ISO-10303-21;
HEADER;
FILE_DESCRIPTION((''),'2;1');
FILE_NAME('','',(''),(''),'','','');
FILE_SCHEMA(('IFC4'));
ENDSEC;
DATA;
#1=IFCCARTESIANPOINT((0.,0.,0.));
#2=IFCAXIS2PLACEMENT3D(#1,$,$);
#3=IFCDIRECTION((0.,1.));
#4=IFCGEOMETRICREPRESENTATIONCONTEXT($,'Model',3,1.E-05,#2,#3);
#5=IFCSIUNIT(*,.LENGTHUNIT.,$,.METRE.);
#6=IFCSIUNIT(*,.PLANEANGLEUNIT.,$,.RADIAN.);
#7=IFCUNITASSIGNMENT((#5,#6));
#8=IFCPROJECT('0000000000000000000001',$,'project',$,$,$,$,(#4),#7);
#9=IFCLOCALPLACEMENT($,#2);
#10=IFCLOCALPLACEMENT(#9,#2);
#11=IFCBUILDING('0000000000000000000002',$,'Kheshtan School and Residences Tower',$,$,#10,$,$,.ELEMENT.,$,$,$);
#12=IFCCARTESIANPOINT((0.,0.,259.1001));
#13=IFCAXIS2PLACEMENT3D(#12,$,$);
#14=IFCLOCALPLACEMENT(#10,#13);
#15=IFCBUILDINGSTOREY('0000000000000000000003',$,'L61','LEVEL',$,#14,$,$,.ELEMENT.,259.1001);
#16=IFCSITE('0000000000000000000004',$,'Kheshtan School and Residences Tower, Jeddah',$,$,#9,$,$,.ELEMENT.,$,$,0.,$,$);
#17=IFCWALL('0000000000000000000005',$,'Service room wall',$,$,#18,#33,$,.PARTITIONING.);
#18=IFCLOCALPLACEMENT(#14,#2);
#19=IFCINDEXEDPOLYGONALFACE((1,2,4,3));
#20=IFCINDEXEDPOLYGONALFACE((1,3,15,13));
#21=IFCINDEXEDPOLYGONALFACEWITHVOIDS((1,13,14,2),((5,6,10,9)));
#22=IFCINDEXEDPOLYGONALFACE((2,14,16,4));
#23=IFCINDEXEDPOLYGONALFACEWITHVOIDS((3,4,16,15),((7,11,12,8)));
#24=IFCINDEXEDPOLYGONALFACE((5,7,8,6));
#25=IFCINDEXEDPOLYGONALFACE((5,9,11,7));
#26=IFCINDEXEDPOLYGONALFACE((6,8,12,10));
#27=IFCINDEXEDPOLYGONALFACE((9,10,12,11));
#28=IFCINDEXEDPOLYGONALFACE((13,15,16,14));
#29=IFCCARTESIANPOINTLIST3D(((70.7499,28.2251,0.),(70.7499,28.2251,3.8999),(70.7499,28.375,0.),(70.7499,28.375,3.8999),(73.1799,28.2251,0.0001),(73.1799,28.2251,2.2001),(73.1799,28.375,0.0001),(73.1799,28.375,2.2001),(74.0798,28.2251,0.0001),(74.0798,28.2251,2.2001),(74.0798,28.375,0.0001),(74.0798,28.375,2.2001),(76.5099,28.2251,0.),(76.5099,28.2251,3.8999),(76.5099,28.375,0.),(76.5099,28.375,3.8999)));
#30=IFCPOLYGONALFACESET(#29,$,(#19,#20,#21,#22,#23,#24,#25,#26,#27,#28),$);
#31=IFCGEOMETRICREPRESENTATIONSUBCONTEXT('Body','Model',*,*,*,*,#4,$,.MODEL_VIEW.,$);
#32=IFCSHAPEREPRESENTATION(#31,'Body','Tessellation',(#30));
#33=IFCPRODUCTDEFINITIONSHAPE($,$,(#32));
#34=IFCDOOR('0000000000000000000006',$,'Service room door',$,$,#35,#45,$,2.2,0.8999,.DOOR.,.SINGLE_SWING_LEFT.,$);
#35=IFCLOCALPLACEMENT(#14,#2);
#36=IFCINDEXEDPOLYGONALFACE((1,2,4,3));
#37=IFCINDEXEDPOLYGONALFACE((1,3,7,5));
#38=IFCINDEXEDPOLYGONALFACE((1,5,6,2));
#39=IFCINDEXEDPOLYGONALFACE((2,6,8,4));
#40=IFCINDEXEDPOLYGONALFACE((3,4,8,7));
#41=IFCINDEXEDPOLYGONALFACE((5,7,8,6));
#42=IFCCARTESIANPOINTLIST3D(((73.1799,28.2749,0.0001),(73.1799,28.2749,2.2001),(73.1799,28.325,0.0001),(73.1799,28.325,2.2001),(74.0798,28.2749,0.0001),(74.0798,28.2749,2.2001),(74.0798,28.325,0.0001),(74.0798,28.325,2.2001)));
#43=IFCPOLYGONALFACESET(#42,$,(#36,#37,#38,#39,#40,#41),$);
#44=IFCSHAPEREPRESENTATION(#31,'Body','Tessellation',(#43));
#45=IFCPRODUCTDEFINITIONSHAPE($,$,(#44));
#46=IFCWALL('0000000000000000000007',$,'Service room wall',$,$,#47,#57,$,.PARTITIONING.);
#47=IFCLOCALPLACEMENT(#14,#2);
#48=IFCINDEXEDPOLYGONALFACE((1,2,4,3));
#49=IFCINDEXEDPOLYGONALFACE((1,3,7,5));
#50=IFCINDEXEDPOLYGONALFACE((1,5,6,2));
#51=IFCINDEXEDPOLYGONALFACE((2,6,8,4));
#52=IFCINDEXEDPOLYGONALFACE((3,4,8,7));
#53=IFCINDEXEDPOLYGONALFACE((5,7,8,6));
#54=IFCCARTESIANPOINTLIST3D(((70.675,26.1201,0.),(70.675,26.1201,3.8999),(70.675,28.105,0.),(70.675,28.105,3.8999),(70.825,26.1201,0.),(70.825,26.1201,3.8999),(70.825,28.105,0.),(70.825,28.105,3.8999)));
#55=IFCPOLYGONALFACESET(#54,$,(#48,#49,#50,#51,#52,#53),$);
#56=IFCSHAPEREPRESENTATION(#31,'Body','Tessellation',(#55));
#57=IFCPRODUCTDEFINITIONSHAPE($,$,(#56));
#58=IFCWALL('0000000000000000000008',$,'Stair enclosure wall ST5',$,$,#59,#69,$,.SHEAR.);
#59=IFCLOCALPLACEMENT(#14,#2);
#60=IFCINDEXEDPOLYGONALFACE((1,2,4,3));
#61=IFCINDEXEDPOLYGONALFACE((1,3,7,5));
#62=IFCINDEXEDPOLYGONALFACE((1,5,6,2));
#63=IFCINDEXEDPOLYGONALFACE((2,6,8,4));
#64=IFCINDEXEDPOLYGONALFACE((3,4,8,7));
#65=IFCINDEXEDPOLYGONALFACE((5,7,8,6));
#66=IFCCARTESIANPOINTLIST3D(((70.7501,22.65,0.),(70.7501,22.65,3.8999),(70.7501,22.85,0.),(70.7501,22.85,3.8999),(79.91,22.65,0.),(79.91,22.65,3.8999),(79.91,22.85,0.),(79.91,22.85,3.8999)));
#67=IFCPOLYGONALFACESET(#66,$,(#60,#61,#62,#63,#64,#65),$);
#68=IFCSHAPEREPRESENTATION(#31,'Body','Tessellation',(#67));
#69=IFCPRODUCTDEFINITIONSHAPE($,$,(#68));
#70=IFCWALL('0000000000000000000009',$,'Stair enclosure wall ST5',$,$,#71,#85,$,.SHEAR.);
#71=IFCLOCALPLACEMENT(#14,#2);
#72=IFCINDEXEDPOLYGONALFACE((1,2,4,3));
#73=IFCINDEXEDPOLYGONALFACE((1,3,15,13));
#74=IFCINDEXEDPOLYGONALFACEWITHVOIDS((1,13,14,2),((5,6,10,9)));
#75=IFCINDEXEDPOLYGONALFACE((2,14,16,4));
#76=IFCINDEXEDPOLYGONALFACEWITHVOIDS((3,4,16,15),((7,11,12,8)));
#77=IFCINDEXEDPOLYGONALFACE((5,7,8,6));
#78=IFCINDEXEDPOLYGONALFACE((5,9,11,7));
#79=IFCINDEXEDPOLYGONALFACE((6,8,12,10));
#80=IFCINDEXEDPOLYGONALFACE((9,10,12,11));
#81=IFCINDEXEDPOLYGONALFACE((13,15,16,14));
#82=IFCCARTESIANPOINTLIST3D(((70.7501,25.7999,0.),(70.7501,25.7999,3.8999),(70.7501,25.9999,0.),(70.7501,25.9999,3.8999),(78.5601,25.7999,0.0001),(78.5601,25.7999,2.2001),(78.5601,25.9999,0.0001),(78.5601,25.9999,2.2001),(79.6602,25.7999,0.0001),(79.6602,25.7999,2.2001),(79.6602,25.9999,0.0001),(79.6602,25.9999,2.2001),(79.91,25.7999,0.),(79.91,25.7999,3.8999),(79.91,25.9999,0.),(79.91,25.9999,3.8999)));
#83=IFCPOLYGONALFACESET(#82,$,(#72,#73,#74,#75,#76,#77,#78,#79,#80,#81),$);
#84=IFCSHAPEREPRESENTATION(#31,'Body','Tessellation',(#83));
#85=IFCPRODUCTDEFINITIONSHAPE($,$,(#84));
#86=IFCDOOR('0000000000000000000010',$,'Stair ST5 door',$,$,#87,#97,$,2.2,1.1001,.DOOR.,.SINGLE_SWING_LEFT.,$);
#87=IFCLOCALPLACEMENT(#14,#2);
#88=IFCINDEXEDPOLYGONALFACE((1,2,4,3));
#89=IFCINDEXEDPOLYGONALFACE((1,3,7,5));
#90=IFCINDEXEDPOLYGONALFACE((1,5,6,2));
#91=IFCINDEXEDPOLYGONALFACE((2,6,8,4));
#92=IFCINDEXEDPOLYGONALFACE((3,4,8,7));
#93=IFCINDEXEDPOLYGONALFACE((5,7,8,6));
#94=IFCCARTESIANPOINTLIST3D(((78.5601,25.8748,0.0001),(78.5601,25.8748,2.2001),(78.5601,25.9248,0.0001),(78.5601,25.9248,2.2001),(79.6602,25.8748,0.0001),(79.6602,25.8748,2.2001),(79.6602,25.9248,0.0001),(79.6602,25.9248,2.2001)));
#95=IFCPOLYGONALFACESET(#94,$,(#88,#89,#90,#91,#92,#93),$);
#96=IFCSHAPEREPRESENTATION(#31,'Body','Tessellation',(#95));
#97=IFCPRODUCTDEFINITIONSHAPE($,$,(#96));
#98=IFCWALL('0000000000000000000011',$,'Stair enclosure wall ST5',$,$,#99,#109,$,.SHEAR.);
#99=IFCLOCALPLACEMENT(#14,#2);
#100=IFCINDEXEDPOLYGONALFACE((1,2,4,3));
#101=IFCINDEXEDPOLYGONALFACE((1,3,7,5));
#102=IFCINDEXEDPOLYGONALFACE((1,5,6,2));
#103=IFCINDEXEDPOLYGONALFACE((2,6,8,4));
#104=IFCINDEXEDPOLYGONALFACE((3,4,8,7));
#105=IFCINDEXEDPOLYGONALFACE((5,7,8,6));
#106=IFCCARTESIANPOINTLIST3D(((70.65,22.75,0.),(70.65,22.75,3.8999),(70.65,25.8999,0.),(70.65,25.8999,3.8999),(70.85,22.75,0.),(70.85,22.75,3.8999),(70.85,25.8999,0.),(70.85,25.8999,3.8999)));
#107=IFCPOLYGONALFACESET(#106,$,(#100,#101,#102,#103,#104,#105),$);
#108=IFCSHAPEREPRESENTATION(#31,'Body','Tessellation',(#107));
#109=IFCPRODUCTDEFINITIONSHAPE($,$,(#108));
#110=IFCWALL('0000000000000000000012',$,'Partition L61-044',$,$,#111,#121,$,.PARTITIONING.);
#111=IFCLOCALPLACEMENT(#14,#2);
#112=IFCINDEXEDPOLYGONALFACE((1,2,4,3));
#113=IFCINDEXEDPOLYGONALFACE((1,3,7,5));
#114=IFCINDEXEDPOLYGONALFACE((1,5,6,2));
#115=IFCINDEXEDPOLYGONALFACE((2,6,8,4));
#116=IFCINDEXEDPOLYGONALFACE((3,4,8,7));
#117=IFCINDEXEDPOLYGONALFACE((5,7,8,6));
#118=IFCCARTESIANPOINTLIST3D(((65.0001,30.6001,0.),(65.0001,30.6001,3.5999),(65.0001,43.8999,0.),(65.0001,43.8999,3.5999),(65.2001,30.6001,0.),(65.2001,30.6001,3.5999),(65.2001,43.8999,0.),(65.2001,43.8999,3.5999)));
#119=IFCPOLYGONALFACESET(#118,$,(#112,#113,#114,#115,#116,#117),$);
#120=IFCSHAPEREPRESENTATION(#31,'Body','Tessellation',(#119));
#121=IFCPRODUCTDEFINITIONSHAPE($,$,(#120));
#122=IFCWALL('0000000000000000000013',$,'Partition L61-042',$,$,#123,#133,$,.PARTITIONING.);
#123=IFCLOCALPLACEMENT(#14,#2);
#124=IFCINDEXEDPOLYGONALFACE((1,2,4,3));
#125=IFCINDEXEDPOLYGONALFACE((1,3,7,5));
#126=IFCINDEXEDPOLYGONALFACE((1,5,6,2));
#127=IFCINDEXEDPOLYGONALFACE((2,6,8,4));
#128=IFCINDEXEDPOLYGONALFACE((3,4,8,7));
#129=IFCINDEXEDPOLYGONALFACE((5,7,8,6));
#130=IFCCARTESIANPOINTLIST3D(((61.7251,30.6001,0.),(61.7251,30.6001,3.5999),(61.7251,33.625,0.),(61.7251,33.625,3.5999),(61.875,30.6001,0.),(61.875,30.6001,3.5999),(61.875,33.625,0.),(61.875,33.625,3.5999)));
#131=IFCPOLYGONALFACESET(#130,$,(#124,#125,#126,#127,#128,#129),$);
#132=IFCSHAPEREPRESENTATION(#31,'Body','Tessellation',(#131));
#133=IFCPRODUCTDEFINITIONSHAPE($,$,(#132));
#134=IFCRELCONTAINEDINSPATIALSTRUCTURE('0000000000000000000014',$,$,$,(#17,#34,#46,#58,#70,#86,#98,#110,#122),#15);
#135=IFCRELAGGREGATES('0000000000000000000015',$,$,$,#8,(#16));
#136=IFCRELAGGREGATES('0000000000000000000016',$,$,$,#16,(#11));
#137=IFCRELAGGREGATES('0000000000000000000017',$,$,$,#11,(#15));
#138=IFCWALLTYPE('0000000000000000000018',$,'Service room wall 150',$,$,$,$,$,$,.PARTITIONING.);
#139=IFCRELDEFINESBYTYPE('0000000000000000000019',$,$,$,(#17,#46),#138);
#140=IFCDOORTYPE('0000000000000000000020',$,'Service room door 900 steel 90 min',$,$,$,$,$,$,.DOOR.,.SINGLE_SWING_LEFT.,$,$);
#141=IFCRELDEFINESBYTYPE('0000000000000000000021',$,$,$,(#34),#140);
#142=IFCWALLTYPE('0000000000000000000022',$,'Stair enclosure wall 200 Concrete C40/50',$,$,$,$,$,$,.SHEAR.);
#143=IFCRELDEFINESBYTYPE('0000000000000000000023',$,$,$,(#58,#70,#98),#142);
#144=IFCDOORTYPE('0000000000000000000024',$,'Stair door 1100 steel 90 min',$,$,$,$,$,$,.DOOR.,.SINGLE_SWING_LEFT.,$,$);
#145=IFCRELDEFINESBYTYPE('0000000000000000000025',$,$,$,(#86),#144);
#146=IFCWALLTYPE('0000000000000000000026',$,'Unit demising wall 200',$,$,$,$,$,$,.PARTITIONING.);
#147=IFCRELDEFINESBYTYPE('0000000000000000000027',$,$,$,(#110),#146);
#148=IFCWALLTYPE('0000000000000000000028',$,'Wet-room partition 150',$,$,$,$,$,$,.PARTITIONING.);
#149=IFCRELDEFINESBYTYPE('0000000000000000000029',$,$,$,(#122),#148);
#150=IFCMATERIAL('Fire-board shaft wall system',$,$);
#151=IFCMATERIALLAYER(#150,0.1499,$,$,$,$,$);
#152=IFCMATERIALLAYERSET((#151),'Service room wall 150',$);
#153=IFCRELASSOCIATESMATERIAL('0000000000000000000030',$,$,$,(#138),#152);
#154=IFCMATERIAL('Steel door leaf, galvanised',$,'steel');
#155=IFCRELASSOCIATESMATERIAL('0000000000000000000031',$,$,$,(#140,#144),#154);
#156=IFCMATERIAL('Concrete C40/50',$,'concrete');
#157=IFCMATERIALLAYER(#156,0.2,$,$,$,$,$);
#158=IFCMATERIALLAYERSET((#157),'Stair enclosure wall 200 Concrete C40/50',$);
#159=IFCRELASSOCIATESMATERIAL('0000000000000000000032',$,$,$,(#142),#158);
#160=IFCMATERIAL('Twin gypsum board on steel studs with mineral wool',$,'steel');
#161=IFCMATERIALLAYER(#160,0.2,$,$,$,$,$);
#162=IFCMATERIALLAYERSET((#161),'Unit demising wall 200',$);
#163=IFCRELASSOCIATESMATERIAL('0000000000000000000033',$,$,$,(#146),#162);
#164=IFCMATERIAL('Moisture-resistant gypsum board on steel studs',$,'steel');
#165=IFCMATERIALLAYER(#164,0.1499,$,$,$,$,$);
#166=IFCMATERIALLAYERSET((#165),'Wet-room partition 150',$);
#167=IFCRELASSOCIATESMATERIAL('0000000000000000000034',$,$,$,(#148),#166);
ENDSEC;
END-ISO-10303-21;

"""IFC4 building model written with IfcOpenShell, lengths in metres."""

from ifc_helpers import new_model, si_unit, direction, frame, frame_2d, origin, place, context, subcontext, project, spatial, rectangle, extrude, source, transform, mapped, material, layer, layer_set, type_object, element, fill, save


model = new_model("IFC4")

# Units and contexts
model_context = context("Model", 3, precision=1e-05, world=origin(), true_north=direction((0.0, 1.0)))
body_context = subcontext(model_context, "Body", "Model", "MODEL_VIEW")
ifc_project = project(units=[si_unit("LENGTHUNIT", "METRE"), si_unit("PLANEANGLEUNIT", "RADIAN")], contexts=[model_context])

# Site, building, storey
site_placement = place(None, origin())
site = spatial("IfcSite", under=ifc_project, at=site_placement, Name="Kheshtan School and Residences Tower, Jeddah", CompositionType="ELEMENT", RefElevation=0.0)
building_placement = place(site_placement, origin())
building = spatial("IfcBuilding", under=site, at=building_placement, Name="Kheshtan School and Residences Tower", CompositionType="ELEMENT")
storey_placement = place(building_placement, frame((0.0, 0.0, 259.1001)))
storey = spatial("IfcBuildingStorey", under=building, at=storey_placement, Name="L61", Description="LEVEL", CompositionType="ELEMENT", Elevation=259.1001)

# Shared definitions
ifc_material_1 = material(Name="Fire-board shaft wall system")
ifc_layer_1 = layer(ifc_material_1, 0.1499)
ifc_layer_set_1 = layer_set([ifc_layer_1], Name="Service room wall 150")
wall_type_1 = type_object("IfcWallType", Name="Service room wall 150", PredefinedType="PARTITIONING", material=ifc_layer_set_1)

# Wall, opening, door
wall_1_placement = place(storey_placement, frame((70.75, 28.3, 0.0), z_axis=(0.0, 0.0, 1.0), x_axis=(1.0, 0.0, 0.0)))
wall_1 = element("IfcWall", 1, at=wall_1_placement, inside=storey, type_object=wall_type_1, Name="Service room wall", PredefinedType="PARTITIONING", context=body_context, shape_type="SweptSolid", body=[
    extrude(rectangle(XDim=5.76, YDim=0.1499, at=frame_2d((2.8799, 0.0))), origin(), (0.0, 0.0, 1.0), 3.8999),
])
opening_1_placement = place(wall_1_placement, frame((2.4299, 0.0, 0.0)))
opening_1 = element("IfcOpeningElement", 2, at=opening_1_placement, cuts=wall_1, PredefinedType="OPENING", context=body_context, shape_type="SweptSolid", body=[
    extrude(rectangle(XDim=0.8999, YDim=2.2, at=frame_2d((0.45, 1.1001))), frame((0.0, 0.085, 0.0), z_axis=(0.0, -1.0, 0.0), x_axis=(1.0, 0.0, 0.0)), (0.0, 0.0, 1.0), 0.1699),
])
ifc_material_2 = material(Name="Steel door leaf, galvanised", Category="steel")
door_type_1 = type_object("IfcDoorType", Name="Service room door 900 steel 90 min", OperationType="SINGLE_SWING_LEFT", PredefinedType="DOOR", material=ifc_material_2)
shared_shape_1 = source(origin(), body_context, "Body", "SweptSolid", [
    extrude(rectangle(XDim=0.8999, YDim=2.2, at=frame_2d((0.45, 1.1001))), frame((0.0, 0.0249, 0.0), z_axis=(0.0, -1.0, 0.0), x_axis=(1.0, 0.0, 0.0)), (0.0, 0.0, 1.0), 0.05),
])
door_1_placement = place(opening_1_placement, origin())
door_1 = element("IfcDoor", 3, at=door_1_placement, inside=storey, type_object=door_type_1, Name="Service room door", OperationType="SINGLE_SWING_LEFT", OverallHeight=2.2, OverallWidth=0.8999, PredefinedType="DOOR", context=body_context, shape_type="MappedRepresentation", body=[
    mapped(shared_shape_1, transform((0.0, 0.0, 0.0), x_axis=(1.0, 0.0, 0.0), y_axis=(0.0, 1.0, 0.0), z_axis=(0.0, 0.0, 1.0), scale=1.0)),
])
fill(opening_1, door_1)

# Walls
wall_2_placement = place(storey_placement, frame((70.75, 26.1201, 0.0), z_axis=(0.0, 0.0, 1.0), x_axis=(0.0, 1.0, 0.0)))
element("IfcWall", 4, at=wall_2_placement, inside=storey, type_object=wall_type_1, Name="Service room wall", PredefinedType="PARTITIONING", context=body_context, shape_type="SweptSolid", body=[
    extrude(rectangle(XDim=1.9849, YDim=0.1499, at=frame_2d((0.9924, 0.0))), origin(), (0.0, 0.0, 1.0), 3.8999),
])
ifc_material_3 = material(Name="Concrete C40/50", Category="concrete")
ifc_layer_2 = layer(ifc_material_3, 0.2)
ifc_layer_set_2 = layer_set([ifc_layer_2], Name="Stair enclosure wall 200 Concrete C40/50")
wall_type_2 = type_object("IfcWallType", Name="Stair enclosure wall 200 Concrete C40/50", PredefinedType="SHEAR", material=ifc_layer_set_2)
wall_3_placement = place(storey_placement, frame((70.75, 22.75, 0.0), z_axis=(0.0, 0.0, 1.0), x_axis=(1.0, 0.0, 0.0)))
element("IfcWall", 5, at=wall_3_placement, inside=storey, type_object=wall_type_2, Name="Stair enclosure wall ST5", PredefinedType="SHEAR", context=body_context, shape_type="SweptSolid", body=[
    extrude(rectangle(XDim=9.1599, YDim=0.2, at=frame_2d((4.5801, 0.0))), origin(), (0.0, 0.0, 1.0), 3.8999),
])

# Wall, opening, door
wall_4_placement = place(storey_placement, frame((70.75, 25.8999, 0.0), z_axis=(0.0, 0.0, 1.0), x_axis=(1.0, 0.0, 0.0)))
wall_4 = element("IfcWall", 6, at=wall_4_placement, inside=storey, type_object=wall_type_2, Name="Stair enclosure wall ST5", PredefinedType="SHEAR", context=body_context, shape_type="SweptSolid", body=[
    extrude(rectangle(XDim=9.1599, YDim=0.2, at=frame_2d((4.5801, 0.0))), origin(), (0.0, 0.0, 1.0), 3.8999),
])
opening_2_placement = place(wall_4_placement, frame((7.8101, 0.0, 0.0)))
opening_2 = element("IfcOpeningElement", 7, at=opening_2_placement, cuts=wall_4, PredefinedType="OPENING", context=body_context, shape_type="SweptSolid", body=[
    extrude(rectangle(XDim=1.1001, YDim=2.2, at=frame_2d((0.55, 1.1001))), frame((0.0, 0.1099, 0.0), z_axis=(0.0, -1.0, 0.0), x_axis=(1.0, 0.0, 0.0)), (0.0, 0.0, 1.0), 0.22),
])
door_type_2 = type_object("IfcDoorType", Name="Stair door 1100 steel 90 min", OperationType="SINGLE_SWING_LEFT", PredefinedType="DOOR", material=ifc_material_2)
shared_shape_2 = source(origin(), body_context, "Body", "SweptSolid", [
    extrude(rectangle(XDim=1.1001, YDim=2.2, at=frame_2d((0.55, 1.1001))), frame((0.0, 0.0249, 0.0), z_axis=(0.0, -1.0, 0.0), x_axis=(1.0, 0.0, 0.0)), (0.0, 0.0, 1.0), 0.05),
])
door_2_placement = place(opening_2_placement, origin())
door_2 = element("IfcDoor", 8, at=door_2_placement, inside=storey, type_object=door_type_2, Name="Stair ST5 door", OperationType="SINGLE_SWING_LEFT", OverallHeight=2.2, OverallWidth=1.1001, PredefinedType="DOOR", context=body_context, shape_type="MappedRepresentation", body=[
    mapped(shared_shape_2, transform((0.0, 0.0, 0.0), x_axis=(1.0, 0.0, 0.0), y_axis=(0.0, 1.0, 0.0), z_axis=(0.0, 0.0, 1.0), scale=1.0)),
])
fill(opening_2, door_2)

# Walls
wall_5_placement = place(storey_placement, frame((70.75, 22.75, 0.0), z_axis=(0.0, 0.0, 1.0), x_axis=(0.0, 1.0, 0.0)))
element("IfcWall", 9, at=wall_5_placement, inside=storey, type_object=wall_type_2, Name="Stair enclosure wall ST5", PredefinedType="SHEAR", context=body_context, shape_type="SweptSolid", body=[
    extrude(rectangle(XDim=3.1499, YDim=0.2, at=frame_2d((1.575, 0.0))), origin(), (0.0, 0.0, 1.0), 3.8999),
])
ifc_material_4 = material(Name="Twin gypsum board on steel studs with mineral wool", Category="steel")
ifc_layer_3 = layer(ifc_material_4, 0.2)
ifc_layer_set_3 = layer_set([ifc_layer_3], Name="Unit demising wall 200")
wall_type_3 = type_object("IfcWallType", Name="Unit demising wall 200", PredefinedType="PARTITIONING", material=ifc_layer_set_3)
wall_6_placement = place(storey_placement, frame((65.1001, 30.6001, 0.0), z_axis=(0.0, 0.0, 1.0), x_axis=(0.0, 1.0, 0.0)))
element("IfcWall", 10, at=wall_6_placement, inside=storey, type_object=wall_type_3, Name="Partition L61-044", PredefinedType="PARTITIONING", context=body_context, shape_type="SweptSolid", body=[
    extrude(rectangle(XDim=13.2998, YDim=0.2, at=frame_2d((6.6499, 0.0))), origin(), (0.0, 0.0, 1.0), 3.5999),
])
ifc_material_5 = material(Name="Moisture-resistant gypsum board on steel studs", Category="steel")
ifc_layer_4 = layer(ifc_material_5, 0.1499)
ifc_layer_set_4 = layer_set([ifc_layer_4], Name="Wet-room partition 150")
wall_type_4 = type_object("IfcWallType", Name="Wet-room partition 150", PredefinedType="PARTITIONING", material=ifc_layer_set_4)
wall_7_placement = place(storey_placement, frame((61.8, 30.6001, 0.0), z_axis=(0.0, 0.0, 1.0), x_axis=(0.0, 1.0, 0.0)))
element("IfcWall", 11, at=wall_7_placement, inside=storey, type_object=wall_type_4, Name="Partition L61-042", PredefinedType="PARTITIONING", context=body_context, shape_type="SweptSolid", body=[
    extrude(rectangle(XDim=3.0249, YDim=0.1499, at=frame_2d((1.5125, 0.0))), origin(), (0.0, 0.0, 1.0), 3.5999),
])

save(model, "model.ifc")
